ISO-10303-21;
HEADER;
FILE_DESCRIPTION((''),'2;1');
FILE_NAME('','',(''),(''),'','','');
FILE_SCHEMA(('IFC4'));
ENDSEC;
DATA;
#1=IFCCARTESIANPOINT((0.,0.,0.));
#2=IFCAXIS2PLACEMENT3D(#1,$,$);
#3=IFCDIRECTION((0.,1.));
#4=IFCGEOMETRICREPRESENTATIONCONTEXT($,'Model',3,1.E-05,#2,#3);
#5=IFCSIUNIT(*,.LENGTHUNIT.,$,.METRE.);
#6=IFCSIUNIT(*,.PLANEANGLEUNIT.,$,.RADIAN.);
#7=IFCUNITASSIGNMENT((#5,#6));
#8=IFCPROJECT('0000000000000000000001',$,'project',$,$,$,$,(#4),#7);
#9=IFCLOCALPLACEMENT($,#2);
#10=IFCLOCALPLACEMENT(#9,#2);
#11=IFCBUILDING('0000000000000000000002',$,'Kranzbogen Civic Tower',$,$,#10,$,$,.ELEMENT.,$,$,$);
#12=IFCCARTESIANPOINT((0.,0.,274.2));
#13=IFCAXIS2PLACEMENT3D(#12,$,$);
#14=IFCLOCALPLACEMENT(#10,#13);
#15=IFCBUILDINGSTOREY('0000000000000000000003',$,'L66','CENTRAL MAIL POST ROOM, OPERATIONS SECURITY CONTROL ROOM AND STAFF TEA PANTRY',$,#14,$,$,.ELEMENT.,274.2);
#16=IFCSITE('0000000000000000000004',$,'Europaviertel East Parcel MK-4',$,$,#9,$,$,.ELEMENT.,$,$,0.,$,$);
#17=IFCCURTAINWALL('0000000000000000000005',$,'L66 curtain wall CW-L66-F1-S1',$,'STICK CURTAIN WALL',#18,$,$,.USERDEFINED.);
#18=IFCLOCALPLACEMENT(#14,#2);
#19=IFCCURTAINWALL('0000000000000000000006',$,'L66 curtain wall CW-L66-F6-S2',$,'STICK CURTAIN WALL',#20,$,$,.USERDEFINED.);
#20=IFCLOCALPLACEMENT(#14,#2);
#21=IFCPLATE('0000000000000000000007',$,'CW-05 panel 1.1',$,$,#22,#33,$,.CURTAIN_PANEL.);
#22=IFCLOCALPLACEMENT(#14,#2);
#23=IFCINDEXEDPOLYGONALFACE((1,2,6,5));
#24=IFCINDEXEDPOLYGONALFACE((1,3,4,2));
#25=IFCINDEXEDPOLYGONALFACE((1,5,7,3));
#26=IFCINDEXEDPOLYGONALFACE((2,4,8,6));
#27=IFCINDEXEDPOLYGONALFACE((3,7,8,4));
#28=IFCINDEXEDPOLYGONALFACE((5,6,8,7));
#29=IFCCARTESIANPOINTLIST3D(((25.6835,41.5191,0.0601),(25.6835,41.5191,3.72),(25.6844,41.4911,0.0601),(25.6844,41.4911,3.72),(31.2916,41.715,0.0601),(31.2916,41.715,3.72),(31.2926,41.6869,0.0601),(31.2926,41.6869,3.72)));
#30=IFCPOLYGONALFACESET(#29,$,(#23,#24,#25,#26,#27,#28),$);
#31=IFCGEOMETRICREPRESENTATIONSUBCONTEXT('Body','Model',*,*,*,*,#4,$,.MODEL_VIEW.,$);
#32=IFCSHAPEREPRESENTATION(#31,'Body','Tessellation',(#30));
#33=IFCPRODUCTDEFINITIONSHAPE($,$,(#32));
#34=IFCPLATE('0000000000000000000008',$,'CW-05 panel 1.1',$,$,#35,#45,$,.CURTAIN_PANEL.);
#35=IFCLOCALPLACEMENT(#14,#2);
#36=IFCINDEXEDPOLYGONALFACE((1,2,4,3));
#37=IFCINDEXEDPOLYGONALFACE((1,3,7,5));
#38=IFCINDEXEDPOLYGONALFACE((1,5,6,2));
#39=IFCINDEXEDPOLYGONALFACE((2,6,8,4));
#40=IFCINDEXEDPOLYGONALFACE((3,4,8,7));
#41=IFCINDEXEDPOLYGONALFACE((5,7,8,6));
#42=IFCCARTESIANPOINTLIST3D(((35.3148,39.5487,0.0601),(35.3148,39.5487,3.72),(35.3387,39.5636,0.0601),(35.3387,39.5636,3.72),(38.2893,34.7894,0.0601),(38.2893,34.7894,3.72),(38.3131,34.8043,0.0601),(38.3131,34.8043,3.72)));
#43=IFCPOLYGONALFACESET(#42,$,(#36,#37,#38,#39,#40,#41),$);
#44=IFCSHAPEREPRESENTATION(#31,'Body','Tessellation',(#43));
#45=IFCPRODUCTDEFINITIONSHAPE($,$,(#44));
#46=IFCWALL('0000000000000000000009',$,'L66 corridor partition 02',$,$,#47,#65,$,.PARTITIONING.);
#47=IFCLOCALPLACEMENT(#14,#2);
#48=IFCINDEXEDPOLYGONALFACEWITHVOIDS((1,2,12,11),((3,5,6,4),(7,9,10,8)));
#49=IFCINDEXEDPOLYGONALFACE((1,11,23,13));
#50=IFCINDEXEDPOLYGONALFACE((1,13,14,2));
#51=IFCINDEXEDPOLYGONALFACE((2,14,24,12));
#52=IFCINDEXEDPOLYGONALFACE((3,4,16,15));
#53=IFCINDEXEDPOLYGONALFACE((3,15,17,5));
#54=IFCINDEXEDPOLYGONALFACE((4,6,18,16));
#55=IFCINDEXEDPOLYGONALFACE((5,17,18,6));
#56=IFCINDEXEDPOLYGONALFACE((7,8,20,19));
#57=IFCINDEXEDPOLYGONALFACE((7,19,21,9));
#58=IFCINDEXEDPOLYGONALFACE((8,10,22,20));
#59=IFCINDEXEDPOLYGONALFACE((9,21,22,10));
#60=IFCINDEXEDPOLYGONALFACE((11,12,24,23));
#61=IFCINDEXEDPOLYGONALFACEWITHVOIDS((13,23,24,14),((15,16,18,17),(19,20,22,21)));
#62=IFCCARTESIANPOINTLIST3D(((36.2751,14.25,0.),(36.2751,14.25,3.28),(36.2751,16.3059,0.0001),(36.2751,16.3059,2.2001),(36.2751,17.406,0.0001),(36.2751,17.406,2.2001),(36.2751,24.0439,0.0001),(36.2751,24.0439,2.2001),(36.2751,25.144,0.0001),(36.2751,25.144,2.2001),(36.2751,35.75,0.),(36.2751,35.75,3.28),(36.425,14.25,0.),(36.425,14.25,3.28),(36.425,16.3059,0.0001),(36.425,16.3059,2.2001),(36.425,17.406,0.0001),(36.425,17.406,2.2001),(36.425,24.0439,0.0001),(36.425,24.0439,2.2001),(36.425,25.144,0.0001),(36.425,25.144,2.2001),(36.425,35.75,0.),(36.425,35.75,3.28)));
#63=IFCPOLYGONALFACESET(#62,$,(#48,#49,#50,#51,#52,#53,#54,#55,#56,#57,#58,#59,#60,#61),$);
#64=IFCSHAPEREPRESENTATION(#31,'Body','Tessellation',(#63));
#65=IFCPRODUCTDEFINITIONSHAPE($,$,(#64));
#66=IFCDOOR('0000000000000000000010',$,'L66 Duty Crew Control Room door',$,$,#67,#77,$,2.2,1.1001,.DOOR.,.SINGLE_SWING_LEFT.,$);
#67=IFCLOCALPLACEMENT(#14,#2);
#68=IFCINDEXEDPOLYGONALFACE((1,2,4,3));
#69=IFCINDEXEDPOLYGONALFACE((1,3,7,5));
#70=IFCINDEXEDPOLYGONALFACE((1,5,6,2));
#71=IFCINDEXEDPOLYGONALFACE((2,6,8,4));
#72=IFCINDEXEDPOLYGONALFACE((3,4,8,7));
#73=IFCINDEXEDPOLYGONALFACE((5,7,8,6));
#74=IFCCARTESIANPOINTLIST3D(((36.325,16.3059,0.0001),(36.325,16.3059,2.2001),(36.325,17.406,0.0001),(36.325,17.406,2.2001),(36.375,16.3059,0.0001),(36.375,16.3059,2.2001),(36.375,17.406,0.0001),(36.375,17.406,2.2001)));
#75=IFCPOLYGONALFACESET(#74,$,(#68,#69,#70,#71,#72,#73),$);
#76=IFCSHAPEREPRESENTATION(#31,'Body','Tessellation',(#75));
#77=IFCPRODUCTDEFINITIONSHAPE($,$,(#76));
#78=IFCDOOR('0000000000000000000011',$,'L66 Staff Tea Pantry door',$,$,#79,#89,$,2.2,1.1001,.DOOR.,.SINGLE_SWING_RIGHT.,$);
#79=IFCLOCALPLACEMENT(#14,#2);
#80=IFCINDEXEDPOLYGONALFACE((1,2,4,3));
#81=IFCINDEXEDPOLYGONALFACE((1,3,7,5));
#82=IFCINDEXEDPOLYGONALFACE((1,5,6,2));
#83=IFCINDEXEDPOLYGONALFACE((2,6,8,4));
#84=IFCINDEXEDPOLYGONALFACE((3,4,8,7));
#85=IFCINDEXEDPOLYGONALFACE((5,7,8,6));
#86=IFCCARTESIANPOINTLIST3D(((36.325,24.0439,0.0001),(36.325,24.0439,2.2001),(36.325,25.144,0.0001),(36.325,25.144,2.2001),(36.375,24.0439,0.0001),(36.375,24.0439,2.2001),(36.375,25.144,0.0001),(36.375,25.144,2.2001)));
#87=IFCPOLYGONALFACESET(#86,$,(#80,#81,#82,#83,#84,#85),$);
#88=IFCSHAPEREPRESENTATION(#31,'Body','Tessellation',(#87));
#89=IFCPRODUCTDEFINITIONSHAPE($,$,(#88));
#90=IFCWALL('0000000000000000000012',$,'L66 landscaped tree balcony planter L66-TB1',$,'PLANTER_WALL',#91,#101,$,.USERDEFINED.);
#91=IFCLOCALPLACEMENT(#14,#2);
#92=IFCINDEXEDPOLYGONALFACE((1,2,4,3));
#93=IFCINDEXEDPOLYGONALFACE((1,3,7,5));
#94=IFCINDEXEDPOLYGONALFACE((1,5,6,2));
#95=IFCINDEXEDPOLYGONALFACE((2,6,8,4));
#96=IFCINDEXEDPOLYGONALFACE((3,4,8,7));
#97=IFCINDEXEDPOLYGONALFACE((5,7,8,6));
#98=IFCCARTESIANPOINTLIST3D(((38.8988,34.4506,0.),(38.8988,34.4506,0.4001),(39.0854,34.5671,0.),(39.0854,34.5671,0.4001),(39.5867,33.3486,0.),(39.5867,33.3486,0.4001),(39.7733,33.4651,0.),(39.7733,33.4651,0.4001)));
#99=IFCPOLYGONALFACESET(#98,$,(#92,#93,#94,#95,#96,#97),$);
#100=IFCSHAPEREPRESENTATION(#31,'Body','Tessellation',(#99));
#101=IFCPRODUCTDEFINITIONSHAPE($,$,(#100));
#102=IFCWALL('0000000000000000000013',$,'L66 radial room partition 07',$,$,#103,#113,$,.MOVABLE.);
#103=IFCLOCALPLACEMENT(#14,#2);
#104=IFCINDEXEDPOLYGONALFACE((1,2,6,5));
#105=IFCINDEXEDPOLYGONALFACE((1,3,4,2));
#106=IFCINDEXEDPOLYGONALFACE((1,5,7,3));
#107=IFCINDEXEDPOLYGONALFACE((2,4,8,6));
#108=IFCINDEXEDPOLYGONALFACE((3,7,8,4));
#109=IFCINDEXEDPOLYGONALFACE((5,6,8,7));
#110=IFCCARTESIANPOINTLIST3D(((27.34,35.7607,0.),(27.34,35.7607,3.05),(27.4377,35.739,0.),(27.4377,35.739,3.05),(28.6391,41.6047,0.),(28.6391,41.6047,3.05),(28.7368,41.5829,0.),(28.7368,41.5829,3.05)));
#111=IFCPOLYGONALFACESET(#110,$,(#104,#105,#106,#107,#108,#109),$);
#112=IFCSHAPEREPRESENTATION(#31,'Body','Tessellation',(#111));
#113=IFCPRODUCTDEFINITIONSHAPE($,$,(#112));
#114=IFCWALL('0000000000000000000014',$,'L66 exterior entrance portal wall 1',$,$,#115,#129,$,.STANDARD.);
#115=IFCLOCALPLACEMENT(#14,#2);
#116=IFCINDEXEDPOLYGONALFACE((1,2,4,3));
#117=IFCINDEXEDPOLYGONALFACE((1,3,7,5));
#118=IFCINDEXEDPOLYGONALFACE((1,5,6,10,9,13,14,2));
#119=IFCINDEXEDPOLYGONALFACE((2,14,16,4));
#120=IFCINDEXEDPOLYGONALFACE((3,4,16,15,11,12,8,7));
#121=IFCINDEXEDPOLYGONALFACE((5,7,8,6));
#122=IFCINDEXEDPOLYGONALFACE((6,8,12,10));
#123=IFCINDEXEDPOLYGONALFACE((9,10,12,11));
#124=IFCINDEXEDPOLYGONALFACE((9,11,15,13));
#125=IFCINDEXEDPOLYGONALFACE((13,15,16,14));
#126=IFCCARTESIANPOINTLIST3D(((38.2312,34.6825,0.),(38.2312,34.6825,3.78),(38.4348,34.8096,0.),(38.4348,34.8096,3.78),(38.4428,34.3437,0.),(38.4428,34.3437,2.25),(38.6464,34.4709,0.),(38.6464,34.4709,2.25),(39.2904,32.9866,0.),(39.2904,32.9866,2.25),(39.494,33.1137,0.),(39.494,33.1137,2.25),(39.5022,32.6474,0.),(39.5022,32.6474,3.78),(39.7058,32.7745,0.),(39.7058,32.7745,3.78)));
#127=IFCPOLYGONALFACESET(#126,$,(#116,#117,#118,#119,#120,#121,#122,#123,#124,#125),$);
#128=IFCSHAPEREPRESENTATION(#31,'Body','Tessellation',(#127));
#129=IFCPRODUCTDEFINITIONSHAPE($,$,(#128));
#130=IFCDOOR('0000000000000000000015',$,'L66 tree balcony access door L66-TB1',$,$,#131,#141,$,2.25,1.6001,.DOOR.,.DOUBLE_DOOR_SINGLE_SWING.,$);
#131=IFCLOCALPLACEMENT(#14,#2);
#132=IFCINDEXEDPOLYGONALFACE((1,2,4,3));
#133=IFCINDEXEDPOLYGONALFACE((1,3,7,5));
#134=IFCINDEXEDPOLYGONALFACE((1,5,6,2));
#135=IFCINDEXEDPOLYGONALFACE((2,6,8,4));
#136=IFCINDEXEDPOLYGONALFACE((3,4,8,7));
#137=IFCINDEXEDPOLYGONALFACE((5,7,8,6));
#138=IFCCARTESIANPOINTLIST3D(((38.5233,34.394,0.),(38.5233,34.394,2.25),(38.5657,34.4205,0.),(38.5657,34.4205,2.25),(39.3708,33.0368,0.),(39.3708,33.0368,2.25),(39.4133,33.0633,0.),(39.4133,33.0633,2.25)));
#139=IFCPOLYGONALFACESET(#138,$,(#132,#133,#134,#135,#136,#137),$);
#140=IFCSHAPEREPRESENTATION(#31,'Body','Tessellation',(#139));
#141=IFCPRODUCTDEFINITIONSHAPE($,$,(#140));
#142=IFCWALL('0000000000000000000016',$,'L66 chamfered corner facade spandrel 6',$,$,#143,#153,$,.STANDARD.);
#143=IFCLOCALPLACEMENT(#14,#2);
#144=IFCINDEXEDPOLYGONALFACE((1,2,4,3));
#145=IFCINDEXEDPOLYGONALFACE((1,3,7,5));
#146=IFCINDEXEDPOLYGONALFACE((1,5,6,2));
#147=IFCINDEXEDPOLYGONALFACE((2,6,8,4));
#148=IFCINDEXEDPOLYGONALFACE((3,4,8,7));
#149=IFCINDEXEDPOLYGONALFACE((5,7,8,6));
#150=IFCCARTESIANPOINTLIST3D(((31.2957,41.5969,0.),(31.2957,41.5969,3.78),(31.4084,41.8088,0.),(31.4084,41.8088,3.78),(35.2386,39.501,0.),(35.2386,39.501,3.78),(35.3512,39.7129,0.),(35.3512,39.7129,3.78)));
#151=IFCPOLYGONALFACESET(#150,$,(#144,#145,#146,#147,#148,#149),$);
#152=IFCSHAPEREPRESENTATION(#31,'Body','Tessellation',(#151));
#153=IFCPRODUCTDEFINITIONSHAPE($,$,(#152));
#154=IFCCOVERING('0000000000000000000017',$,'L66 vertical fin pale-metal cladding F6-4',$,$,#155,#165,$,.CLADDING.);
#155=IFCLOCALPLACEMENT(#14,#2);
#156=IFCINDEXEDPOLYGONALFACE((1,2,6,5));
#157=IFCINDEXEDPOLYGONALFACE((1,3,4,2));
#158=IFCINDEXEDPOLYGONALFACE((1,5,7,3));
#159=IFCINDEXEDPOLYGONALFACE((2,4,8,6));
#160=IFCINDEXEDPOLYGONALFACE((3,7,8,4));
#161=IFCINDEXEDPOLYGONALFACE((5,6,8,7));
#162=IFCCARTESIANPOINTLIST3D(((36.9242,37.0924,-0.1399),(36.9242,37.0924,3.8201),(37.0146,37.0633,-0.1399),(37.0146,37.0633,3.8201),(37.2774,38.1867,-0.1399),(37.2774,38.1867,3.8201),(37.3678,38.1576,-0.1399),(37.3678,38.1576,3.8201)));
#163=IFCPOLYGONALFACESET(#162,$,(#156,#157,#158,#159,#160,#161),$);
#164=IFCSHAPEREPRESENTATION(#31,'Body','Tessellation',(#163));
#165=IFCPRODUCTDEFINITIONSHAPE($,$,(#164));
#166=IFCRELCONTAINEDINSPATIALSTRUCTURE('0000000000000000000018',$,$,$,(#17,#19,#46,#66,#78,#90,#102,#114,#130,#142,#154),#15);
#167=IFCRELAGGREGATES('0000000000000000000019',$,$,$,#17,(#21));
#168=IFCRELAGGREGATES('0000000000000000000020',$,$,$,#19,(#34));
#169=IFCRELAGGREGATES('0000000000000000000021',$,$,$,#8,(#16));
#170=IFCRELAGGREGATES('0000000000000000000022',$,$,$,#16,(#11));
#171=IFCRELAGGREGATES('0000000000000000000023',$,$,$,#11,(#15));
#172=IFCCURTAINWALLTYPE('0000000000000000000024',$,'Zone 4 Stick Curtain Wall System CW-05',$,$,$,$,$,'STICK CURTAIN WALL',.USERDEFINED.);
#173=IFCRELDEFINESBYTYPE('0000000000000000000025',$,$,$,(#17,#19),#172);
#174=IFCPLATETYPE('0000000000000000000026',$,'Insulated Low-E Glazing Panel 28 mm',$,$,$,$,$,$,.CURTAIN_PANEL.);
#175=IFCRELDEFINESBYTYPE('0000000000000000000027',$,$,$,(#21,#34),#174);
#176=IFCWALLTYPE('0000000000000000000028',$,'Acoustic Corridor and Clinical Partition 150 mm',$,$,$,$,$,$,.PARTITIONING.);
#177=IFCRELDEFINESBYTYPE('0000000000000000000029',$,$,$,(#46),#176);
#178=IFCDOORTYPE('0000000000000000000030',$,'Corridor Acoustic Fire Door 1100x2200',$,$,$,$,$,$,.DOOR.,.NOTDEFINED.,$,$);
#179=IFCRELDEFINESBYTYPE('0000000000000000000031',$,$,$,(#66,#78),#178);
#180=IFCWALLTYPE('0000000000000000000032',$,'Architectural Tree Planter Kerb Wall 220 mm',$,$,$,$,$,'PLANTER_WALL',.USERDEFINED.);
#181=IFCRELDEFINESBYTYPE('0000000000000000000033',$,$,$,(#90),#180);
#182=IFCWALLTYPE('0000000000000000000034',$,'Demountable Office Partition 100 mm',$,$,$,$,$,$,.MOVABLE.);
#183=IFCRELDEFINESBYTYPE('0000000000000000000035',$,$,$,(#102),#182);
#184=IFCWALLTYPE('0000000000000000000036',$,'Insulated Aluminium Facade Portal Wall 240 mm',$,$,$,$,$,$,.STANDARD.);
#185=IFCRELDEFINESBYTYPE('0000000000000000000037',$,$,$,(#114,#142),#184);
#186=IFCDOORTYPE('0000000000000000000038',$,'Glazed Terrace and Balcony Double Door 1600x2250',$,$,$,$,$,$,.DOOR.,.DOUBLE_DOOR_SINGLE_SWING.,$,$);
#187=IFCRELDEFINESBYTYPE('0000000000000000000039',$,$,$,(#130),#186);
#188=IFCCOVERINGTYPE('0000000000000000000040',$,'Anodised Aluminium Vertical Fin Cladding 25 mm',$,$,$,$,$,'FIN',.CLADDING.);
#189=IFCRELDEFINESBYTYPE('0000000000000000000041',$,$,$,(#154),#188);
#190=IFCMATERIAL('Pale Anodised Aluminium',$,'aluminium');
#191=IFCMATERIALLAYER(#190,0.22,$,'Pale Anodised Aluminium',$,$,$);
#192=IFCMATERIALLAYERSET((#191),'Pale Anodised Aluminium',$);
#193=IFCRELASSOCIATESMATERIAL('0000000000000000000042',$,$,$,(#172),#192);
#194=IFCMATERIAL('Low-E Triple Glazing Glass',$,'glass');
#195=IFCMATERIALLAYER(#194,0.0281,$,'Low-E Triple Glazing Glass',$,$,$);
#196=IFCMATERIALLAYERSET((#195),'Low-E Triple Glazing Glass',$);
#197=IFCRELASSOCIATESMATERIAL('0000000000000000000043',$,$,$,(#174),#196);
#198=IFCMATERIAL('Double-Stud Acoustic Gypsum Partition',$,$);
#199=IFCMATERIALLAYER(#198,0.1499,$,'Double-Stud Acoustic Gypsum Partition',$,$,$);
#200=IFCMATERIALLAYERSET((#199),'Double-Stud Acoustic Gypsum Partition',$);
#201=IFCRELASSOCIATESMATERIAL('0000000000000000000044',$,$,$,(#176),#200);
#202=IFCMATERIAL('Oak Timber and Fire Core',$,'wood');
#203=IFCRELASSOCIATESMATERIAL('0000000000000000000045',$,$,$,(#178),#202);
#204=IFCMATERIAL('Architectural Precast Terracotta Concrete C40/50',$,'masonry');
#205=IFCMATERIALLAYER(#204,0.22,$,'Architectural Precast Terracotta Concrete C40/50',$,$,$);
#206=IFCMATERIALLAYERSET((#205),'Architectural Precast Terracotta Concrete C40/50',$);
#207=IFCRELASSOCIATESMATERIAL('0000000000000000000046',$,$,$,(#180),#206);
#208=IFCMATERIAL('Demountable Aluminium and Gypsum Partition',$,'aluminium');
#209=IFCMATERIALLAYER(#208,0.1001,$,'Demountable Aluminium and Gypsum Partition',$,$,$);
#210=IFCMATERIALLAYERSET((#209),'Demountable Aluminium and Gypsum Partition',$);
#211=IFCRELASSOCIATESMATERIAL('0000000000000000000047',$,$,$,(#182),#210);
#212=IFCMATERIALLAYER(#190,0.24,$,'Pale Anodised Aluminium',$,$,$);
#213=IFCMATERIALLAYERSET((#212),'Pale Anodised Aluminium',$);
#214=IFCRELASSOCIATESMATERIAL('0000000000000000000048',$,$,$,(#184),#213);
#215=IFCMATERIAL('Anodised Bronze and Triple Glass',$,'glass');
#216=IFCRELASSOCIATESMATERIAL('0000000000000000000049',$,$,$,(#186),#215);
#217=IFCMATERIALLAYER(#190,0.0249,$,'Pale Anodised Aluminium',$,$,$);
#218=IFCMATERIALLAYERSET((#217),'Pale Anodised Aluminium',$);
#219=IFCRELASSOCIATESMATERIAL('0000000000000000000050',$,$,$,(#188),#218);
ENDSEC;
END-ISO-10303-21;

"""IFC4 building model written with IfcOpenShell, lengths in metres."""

from ifc_helpers import new_model, si_unit, direction, frame, frame_2d, origin, origin_2d, place, context, subcontext, project, spatial, rectangle, extrude, material, layer, layer_set, type_object, element, fill, aggregate, save


model = new_model("IFC4")

# Units and contexts
model_context = context("Model", 3, precision=1e-05, world=origin(), true_north=direction((0.0, 1.0)))
body_context = subcontext(model_context, "Body", "Model", "MODEL_VIEW")
ifc_project = project(units=[si_unit("LENGTHUNIT", "METRE"), si_unit("PLANEANGLEUNIT", "RADIAN")], contexts=[model_context])

# Site, building, storey
site_placement = place(None, origin())
site = spatial("IfcSite", under=ifc_project, at=site_placement, Name="Europaviertel East Parcel MK-4", CompositionType="ELEMENT", RefElevation=0.0)
building_placement = place(site_placement, origin())
building = spatial("IfcBuilding", under=site, at=building_placement, Name="Kranzbogen Civic Tower", CompositionType="ELEMENT")
storey_placement = place(building_placement, frame((0.0, 0.0, 274.2)))
storey = spatial("IfcBuildingStorey", under=building, at=storey_placement, Name="L66", Description="CENTRAL MAIL POST ROOM, OPERATIONS SECURITY CONTROL ROOM AND STAFF TEA PANTRY", CompositionType="ELEMENT", Elevation=274.2)

# Curtain wall
ifc_material_1 = material(Name="Pale Anodised Aluminium", Category="aluminium")
ifc_layer_1 = layer(ifc_material_1, 0.22, Name="Pale Anodised Aluminium")
ifc_layer_set_1 = layer_set([ifc_layer_1], Name="Pale Anodised Aluminium")
curtain_wall_type = type_object("IfcCurtainWallType", Name="Zone 4 Stick Curtain Wall System CW-05", ElementType="STICK CURTAIN WALL", PredefinedType="USERDEFINED", material=ifc_layer_set_1)
curtain_wall_1_placement = place(storey_placement, origin())
curtain_wall_1 = element("IfcCurtainWall", 1, at=curtain_wall_1_placement, inside=storey, type_object=curtain_wall_type, Name="L66 curtain wall CW-L66-F1-S1", ObjectType="STICK CURTAIN WALL", PredefinedType="USERDEFINED")

# Curtain wall
curtain_wall_2_placement = place(storey_placement, origin())
curtain_wall_2 = element("IfcCurtainWall", 2, at=curtain_wall_2_placement, inside=storey, type_object=curtain_wall_type, Name="L66 curtain wall CW-L66-F6-S2", ObjectType="STICK CURTAIN WALL", PredefinedType="USERDEFINED")

# Plates
ifc_material_2 = material(Name="Low-E Triple Glazing Glass", Category="glass")
ifc_layer_2 = layer(ifc_material_2, 0.0281, Name="Low-E Triple Glazing Glass")
ifc_layer_set_2 = layer_set([ifc_layer_2], Name="Low-E Triple Glazing Glass")
plate_type = type_object("IfcPlateType", Name="Insulated Low-E Glazing Panel 28 mm", PredefinedType="CURTAIN_PANEL", material=ifc_layer_set_2)
plate_1_placement = place(storey_placement, frame((28.488, 41.603, 0.0601), z_axis=(0.0, 0.0, 1.0), x_axis=(-0.999391, -0.034895, 0.0)))
plate_1 = element("IfcPlate", 3, at=plate_1_placement, type_object=plate_type, Name="CW-05 panel 1.1", PredefinedType="CURTAIN_PANEL", context=body_context, shape_type="SweptSolid", body=[
    extrude(rectangle(XDim=5.6116, YDim=0.0281, at=origin_2d()), origin(), (0.0, 0.0, 1.0), 3.6599),
])
aggregate(curtain_wall_1, [plate_1])
plate_2_placement = place(storey_placement, frame((36.814, 37.1765, 0.0601), z_axis=(0.0, 0.0, 1.0), x_axis=(-0.529983, 0.848008, 0.0)))
plate_2 = element("IfcPlate", 4, at=plate_2_placement, type_object=plate_type, Name="CW-05 panel 1.1", PredefinedType="CURTAIN_PANEL", context=body_context, shape_type="SweptSolid", body=[
    extrude(rectangle(XDim=5.6123, YDim=0.0281, at=origin_2d()), origin(), (0.0, 0.0, 1.0), 3.6599),
])
aggregate(curtain_wall_2, [plate_2])

# Wall, openings, doors
ifc_material_3 = material(Name="Double-Stud Acoustic Gypsum Partition")
ifc_layer_3 = layer(ifc_material_3, 0.1499, Name="Double-Stud Acoustic Gypsum Partition")
ifc_layer_set_3 = layer_set([ifc_layer_3], Name="Double-Stud Acoustic Gypsum Partition")
wall_type_1 = type_object("IfcWallType", Name="Acoustic Corridor and Clinical Partition 150 mm", PredefinedType="PARTITIONING", material=ifc_layer_set_3)
wall_1_placement = place(storey_placement, frame((36.3501, 35.75, 0.0), z_axis=(0.0, 0.0, 1.0), x_axis=(0.0, -1.0, 0.0)))
wall_1 = element("IfcWall", 5, at=wall_1_placement, inside=storey, type_object=wall_type_1, Name="L66 corridor partition 02", PredefinedType="PARTITIONING", context=body_context, shape_type="SweptSolid", body=[
    extrude(rectangle(XDim=21.5, YDim=0.1499, at=frame_2d((10.75, 0.0))), origin(), (0.0, 0.0, 1.0), 3.28),
])
opening_1_placement = place(wall_1_placement, frame((18.344, 0.0, 0.0)))
opening_1 = element("IfcOpeningElement", 6, at=opening_1_placement, cuts=wall_1, PredefinedType="OPENING", context=body_context, shape_type="SweptSolid", body=[
    extrude(rectangle(XDim=1.1001, YDim=2.2, at=frame_2d((0.55, 1.1001))), frame((0.0, 0.085, 0.0), z_axis=(0.0, -1.0, 0.0), x_axis=(1.0, 0.0, 0.0)), (0.0, 0.0, 1.0), 0.1699),
])
opening_2_placement = place(wall_1_placement, frame((10.606, 0.0, 0.0)))
opening_2 = element("IfcOpeningElement", 7, at=opening_2_placement, cuts=wall_1, PredefinedType="OPENING", context=body_context, shape_type="SweptSolid", body=[
    extrude(rectangle(XDim=1.1001, YDim=2.2, at=frame_2d((0.55, 1.1001))), frame((0.0, 0.085, 0.0), z_axis=(0.0, -1.0, 0.0), x_axis=(1.0, 0.0, 0.0)), (0.0, 0.0, 1.0), 0.1699),
])
ifc_material_4 = material(Name="Oak Timber and Fire Core", Category="wood")
door_type_1 = type_object("IfcDoorType", Name="Corridor Acoustic Fire Door 1100x2200", OperationType="NOTDEFINED", PredefinedType="DOOR", material=ifc_material_4)
door_1_placement = place(opening_1_placement, origin())
door_1 = element("IfcDoor", 8, at=door_1_placement, inside=storey, type_object=door_type_1, Name="L66 Duty Crew Control Room door", OperationType="SINGLE_SWING_LEFT", OverallHeight=2.2, OverallWidth=1.1001, PredefinedType="DOOR", context=body_context, shape_type="SweptSolid", body=[
    extrude(rectangle(XDim=1.1001, YDim=2.2, at=frame_2d((0.55, 1.1001))), frame((0.0, 0.0249, 0.0), z_axis=(0.0, -1.0, 0.0), x_axis=(1.0, 0.0, 0.0)), (0.0, 0.0, 1.0), 0.05),
])
fill(opening_1, door_1)
door_2_placement = place(opening_2_placement, origin())
door_2 = element("IfcDoor", 9, at=door_2_placement, inside=storey, type_object=door_type_1, Name="L66 Staff Tea Pantry door", OperationType="SINGLE_SWING_RIGHT", OverallHeight=2.2, OverallWidth=1.1001, PredefinedType="DOOR", context=body_context, shape_type="SweptSolid", body=[
    extrude(rectangle(XDim=1.1001, YDim=2.2, at=frame_2d((0.55, 1.1001))), frame((0.0, 0.0249, 0.0), z_axis=(0.0, -1.0, 0.0), x_axis=(1.0, 0.0, 0.0)), (0.0, 0.0, 1.0), 0.05),
])
fill(opening_2, door_2)

# Walls
ifc_material_5 = material(Name="Architectural Precast Terracotta Concrete C40/50", Category="masonry")
ifc_layer_4 = layer(ifc_material_5, 0.22, Name="Architectural Precast Terracotta Concrete C40/50")
ifc_layer_set_4 = layer_set([ifc_layer_4], Name="Architectural Precast Terracotta Concrete C40/50")
wall_type_2 = type_object("IfcWallType", Name="Architectural Tree Planter Kerb Wall 220 mm", ElementType="PLANTER_WALL", PredefinedType="USERDEFINED", material=ifc_layer_set_4)
wall_2_placement = place(storey_placement, frame((39.6799, 33.407, 0.0), z_axis=(0.0, 0.0, 1.0), x_axis=(-0.52956, 0.848273, 0.0)))
element("IfcWall", 10, at=wall_2_placement, inside=storey, type_object=wall_type_2, Name="L66 landscaped tree balcony planter L66-TB1", ObjectType="PLANTER_WALL", PredefinedType="USERDEFINED", context=body_context, shape_type="SweptSolid", body=[
    extrude(rectangle(XDim=1.2991, YDim=0.22, at=frame_2d((0.6494, 0.0))), origin(), (0.0, 0.0, 1.0), 0.4001),
])
ifc_material_6 = material(Name="Demountable Aluminium and Gypsum Partition", Category="aluminium")
ifc_layer_5 = layer(ifc_material_6, 0.1001, Name="Demountable Aluminium and Gypsum Partition")
ifc_layer_set_5 = layer_set([ifc_layer_5], Name="Demountable Aluminium and Gypsum Partition")
wall_type_3 = type_object("IfcWallType", Name="Demountable Office Partition 100 mm", PredefinedType="MOVABLE", material=ifc_layer_set_5)
wall_3_placement = place(storey_placement, frame((27.3889, 35.75, 0.0), z_axis=(0.0, 0.0, 1.0), x_axis=(0.216995, 0.976173, 0.0)))
element("IfcWall", 11, at=wall_3_placement, inside=storey, type_object=wall_type_3, Name="L66 radial room partition 07", PredefinedType="MOVABLE", context=body_context, shape_type="SweptSolid", body=[
    extrude(rectangle(XDim=5.9866, YDim=0.1001, at=frame_2d((2.9932, 0.0))), origin(), (0.0, 0.0, 1.0), 3.05),
])

# Wall, opening, door
ifc_layer_6 = layer(ifc_material_1, 0.24, Name="Pale Anodised Aluminium")
ifc_layer_set_6 = layer_set([ifc_layer_6], Name="Pale Anodised Aluminium")
wall_type_4 = type_object("IfcWallType", Name="Insulated Aluminium Facade Portal Wall 240 mm", PredefinedType="STANDARD", material=ifc_layer_set_6)
wall_4_placement = place(storey_placement, frame((39.604, 32.7109, 0.0), z_axis=(0.0, 0.0, 1.0), x_axis=(-0.529706, 0.848181, 0.0)))
wall_4 = element("IfcWall", 12, at=wall_4_placement, inside=storey, type_object=wall_type_4, Name="L66 exterior entrance portal wall 1", PredefinedType="STANDARD", context=body_context, shape_type="SweptSolid", body=[
    extrude(rectangle(XDim=2.3994, YDim=0.24, at=frame_2d((1.1997, 0.0))), origin(), (0.0, 0.0, 1.0), 3.78),
])
opening_3_placement = place(wall_4_placement, frame((0.3999, 0.0, 0.0)))
opening_3 = element("IfcOpeningElement", 13, at=opening_3_placement, cuts=wall_4, PredefinedType="OPENING", context=body_context, shape_type="SweptSolid", body=[
    extrude(rectangle(XDim=1.6001, YDim=2.25, at=frame_2d((0.8, 1.125))), frame((0.0, 0.1299, 0.0), z_axis=(0.0, -1.0, 0.0), x_axis=(1.0, 0.0, 0.0)), (0.0, 0.0, 1.0), 0.26),
])
ifc_material_7 = material(Name="Anodised Bronze and Triple Glass", Category="glass")
door_type_2 = type_object("IfcDoorType", Name="Glazed Terrace and Balcony Double Door 1600x2250", OperationType="DOUBLE_DOOR_SINGLE_SWING", PredefinedType="DOOR", material=ifc_material_7)
door_3_placement = place(opening_3_placement, frame((1.6001, 0.0, 0.0), z_axis=(0.0, 0.0, 1.0), x_axis=(-1.0, 0.0, 0.0)))
door_3 = element("IfcDoor", 14, at=door_3_placement, inside=storey, type_object=door_type_2, Name="L66 tree balcony access door L66-TB1", OperationType="DOUBLE_DOOR_SINGLE_SWING", OverallHeight=2.25, OverallWidth=1.6001, PredefinedType="DOOR", context=body_context, shape_type="SweptSolid", body=[
    extrude(rectangle(XDim=1.6001, YDim=2.25, at=frame_2d((0.8, 1.125))), frame((0.0, 0.0249, 0.0), z_axis=(0.0, -1.0, 0.0), x_axis=(1.0, 0.0, 0.0)), (0.0, 0.0, 1.0), 0.05),
])
fill(opening_3, door_3)

# Wall
wall_5_placement = place(storey_placement, frame((35.2949, 39.6069, 0.0), z_axis=(0.0, 0.0, 1.0), x_axis=(-0.882995, 0.469382, 0.0)))
element("IfcWall", 15, at=wall_5_placement, inside=storey, type_object=wall_type_4, Name="L66 chamfered corner facade spandrel 6", PredefinedType="STANDARD", context=body_context, shape_type="SweptSolid", body=[
    extrude(rectangle(XDim=4.4653, YDim=0.24, at=frame_2d((2.2327, 0.0))), origin(), (0.0, 0.0, 1.0), 3.78),
])

# Covering
ifc_layer_7 = layer(ifc_material_1, 0.0249, Name="Pale Anodised Aluminium")
ifc_layer_set_7 = layer_set([ifc_layer_7], Name="Pale Anodised Aluminium")
covering_type = type_object("IfcCoveringType", Name="Anodised Aluminium Vertical Fin Cladding 25 mm", ElementType="FIN", PredefinedType="CLADDING", material=ifc_layer_set_7)
covering_placement = place(storey_placement, frame((37.146, 37.625, -0.1399), z_axis=(0.0, 0.0, 1.0), x_axis=(0.307191, 0.951648, 0.0)))
element("IfcCovering", 16, at=covering_placement, inside=storey, type_object=covering_type, Name="L66 vertical fin pale-metal cladding F6-4", PredefinedType="CLADDING", context=body_context, shape_type="SweptSolid", body=[
    extrude(rectangle(XDim=1.1499, YDim=0.095, at=origin_2d()), origin(), (0.0, 0.0, 1.0), 3.96),
])

save(model, "model.ifc")
